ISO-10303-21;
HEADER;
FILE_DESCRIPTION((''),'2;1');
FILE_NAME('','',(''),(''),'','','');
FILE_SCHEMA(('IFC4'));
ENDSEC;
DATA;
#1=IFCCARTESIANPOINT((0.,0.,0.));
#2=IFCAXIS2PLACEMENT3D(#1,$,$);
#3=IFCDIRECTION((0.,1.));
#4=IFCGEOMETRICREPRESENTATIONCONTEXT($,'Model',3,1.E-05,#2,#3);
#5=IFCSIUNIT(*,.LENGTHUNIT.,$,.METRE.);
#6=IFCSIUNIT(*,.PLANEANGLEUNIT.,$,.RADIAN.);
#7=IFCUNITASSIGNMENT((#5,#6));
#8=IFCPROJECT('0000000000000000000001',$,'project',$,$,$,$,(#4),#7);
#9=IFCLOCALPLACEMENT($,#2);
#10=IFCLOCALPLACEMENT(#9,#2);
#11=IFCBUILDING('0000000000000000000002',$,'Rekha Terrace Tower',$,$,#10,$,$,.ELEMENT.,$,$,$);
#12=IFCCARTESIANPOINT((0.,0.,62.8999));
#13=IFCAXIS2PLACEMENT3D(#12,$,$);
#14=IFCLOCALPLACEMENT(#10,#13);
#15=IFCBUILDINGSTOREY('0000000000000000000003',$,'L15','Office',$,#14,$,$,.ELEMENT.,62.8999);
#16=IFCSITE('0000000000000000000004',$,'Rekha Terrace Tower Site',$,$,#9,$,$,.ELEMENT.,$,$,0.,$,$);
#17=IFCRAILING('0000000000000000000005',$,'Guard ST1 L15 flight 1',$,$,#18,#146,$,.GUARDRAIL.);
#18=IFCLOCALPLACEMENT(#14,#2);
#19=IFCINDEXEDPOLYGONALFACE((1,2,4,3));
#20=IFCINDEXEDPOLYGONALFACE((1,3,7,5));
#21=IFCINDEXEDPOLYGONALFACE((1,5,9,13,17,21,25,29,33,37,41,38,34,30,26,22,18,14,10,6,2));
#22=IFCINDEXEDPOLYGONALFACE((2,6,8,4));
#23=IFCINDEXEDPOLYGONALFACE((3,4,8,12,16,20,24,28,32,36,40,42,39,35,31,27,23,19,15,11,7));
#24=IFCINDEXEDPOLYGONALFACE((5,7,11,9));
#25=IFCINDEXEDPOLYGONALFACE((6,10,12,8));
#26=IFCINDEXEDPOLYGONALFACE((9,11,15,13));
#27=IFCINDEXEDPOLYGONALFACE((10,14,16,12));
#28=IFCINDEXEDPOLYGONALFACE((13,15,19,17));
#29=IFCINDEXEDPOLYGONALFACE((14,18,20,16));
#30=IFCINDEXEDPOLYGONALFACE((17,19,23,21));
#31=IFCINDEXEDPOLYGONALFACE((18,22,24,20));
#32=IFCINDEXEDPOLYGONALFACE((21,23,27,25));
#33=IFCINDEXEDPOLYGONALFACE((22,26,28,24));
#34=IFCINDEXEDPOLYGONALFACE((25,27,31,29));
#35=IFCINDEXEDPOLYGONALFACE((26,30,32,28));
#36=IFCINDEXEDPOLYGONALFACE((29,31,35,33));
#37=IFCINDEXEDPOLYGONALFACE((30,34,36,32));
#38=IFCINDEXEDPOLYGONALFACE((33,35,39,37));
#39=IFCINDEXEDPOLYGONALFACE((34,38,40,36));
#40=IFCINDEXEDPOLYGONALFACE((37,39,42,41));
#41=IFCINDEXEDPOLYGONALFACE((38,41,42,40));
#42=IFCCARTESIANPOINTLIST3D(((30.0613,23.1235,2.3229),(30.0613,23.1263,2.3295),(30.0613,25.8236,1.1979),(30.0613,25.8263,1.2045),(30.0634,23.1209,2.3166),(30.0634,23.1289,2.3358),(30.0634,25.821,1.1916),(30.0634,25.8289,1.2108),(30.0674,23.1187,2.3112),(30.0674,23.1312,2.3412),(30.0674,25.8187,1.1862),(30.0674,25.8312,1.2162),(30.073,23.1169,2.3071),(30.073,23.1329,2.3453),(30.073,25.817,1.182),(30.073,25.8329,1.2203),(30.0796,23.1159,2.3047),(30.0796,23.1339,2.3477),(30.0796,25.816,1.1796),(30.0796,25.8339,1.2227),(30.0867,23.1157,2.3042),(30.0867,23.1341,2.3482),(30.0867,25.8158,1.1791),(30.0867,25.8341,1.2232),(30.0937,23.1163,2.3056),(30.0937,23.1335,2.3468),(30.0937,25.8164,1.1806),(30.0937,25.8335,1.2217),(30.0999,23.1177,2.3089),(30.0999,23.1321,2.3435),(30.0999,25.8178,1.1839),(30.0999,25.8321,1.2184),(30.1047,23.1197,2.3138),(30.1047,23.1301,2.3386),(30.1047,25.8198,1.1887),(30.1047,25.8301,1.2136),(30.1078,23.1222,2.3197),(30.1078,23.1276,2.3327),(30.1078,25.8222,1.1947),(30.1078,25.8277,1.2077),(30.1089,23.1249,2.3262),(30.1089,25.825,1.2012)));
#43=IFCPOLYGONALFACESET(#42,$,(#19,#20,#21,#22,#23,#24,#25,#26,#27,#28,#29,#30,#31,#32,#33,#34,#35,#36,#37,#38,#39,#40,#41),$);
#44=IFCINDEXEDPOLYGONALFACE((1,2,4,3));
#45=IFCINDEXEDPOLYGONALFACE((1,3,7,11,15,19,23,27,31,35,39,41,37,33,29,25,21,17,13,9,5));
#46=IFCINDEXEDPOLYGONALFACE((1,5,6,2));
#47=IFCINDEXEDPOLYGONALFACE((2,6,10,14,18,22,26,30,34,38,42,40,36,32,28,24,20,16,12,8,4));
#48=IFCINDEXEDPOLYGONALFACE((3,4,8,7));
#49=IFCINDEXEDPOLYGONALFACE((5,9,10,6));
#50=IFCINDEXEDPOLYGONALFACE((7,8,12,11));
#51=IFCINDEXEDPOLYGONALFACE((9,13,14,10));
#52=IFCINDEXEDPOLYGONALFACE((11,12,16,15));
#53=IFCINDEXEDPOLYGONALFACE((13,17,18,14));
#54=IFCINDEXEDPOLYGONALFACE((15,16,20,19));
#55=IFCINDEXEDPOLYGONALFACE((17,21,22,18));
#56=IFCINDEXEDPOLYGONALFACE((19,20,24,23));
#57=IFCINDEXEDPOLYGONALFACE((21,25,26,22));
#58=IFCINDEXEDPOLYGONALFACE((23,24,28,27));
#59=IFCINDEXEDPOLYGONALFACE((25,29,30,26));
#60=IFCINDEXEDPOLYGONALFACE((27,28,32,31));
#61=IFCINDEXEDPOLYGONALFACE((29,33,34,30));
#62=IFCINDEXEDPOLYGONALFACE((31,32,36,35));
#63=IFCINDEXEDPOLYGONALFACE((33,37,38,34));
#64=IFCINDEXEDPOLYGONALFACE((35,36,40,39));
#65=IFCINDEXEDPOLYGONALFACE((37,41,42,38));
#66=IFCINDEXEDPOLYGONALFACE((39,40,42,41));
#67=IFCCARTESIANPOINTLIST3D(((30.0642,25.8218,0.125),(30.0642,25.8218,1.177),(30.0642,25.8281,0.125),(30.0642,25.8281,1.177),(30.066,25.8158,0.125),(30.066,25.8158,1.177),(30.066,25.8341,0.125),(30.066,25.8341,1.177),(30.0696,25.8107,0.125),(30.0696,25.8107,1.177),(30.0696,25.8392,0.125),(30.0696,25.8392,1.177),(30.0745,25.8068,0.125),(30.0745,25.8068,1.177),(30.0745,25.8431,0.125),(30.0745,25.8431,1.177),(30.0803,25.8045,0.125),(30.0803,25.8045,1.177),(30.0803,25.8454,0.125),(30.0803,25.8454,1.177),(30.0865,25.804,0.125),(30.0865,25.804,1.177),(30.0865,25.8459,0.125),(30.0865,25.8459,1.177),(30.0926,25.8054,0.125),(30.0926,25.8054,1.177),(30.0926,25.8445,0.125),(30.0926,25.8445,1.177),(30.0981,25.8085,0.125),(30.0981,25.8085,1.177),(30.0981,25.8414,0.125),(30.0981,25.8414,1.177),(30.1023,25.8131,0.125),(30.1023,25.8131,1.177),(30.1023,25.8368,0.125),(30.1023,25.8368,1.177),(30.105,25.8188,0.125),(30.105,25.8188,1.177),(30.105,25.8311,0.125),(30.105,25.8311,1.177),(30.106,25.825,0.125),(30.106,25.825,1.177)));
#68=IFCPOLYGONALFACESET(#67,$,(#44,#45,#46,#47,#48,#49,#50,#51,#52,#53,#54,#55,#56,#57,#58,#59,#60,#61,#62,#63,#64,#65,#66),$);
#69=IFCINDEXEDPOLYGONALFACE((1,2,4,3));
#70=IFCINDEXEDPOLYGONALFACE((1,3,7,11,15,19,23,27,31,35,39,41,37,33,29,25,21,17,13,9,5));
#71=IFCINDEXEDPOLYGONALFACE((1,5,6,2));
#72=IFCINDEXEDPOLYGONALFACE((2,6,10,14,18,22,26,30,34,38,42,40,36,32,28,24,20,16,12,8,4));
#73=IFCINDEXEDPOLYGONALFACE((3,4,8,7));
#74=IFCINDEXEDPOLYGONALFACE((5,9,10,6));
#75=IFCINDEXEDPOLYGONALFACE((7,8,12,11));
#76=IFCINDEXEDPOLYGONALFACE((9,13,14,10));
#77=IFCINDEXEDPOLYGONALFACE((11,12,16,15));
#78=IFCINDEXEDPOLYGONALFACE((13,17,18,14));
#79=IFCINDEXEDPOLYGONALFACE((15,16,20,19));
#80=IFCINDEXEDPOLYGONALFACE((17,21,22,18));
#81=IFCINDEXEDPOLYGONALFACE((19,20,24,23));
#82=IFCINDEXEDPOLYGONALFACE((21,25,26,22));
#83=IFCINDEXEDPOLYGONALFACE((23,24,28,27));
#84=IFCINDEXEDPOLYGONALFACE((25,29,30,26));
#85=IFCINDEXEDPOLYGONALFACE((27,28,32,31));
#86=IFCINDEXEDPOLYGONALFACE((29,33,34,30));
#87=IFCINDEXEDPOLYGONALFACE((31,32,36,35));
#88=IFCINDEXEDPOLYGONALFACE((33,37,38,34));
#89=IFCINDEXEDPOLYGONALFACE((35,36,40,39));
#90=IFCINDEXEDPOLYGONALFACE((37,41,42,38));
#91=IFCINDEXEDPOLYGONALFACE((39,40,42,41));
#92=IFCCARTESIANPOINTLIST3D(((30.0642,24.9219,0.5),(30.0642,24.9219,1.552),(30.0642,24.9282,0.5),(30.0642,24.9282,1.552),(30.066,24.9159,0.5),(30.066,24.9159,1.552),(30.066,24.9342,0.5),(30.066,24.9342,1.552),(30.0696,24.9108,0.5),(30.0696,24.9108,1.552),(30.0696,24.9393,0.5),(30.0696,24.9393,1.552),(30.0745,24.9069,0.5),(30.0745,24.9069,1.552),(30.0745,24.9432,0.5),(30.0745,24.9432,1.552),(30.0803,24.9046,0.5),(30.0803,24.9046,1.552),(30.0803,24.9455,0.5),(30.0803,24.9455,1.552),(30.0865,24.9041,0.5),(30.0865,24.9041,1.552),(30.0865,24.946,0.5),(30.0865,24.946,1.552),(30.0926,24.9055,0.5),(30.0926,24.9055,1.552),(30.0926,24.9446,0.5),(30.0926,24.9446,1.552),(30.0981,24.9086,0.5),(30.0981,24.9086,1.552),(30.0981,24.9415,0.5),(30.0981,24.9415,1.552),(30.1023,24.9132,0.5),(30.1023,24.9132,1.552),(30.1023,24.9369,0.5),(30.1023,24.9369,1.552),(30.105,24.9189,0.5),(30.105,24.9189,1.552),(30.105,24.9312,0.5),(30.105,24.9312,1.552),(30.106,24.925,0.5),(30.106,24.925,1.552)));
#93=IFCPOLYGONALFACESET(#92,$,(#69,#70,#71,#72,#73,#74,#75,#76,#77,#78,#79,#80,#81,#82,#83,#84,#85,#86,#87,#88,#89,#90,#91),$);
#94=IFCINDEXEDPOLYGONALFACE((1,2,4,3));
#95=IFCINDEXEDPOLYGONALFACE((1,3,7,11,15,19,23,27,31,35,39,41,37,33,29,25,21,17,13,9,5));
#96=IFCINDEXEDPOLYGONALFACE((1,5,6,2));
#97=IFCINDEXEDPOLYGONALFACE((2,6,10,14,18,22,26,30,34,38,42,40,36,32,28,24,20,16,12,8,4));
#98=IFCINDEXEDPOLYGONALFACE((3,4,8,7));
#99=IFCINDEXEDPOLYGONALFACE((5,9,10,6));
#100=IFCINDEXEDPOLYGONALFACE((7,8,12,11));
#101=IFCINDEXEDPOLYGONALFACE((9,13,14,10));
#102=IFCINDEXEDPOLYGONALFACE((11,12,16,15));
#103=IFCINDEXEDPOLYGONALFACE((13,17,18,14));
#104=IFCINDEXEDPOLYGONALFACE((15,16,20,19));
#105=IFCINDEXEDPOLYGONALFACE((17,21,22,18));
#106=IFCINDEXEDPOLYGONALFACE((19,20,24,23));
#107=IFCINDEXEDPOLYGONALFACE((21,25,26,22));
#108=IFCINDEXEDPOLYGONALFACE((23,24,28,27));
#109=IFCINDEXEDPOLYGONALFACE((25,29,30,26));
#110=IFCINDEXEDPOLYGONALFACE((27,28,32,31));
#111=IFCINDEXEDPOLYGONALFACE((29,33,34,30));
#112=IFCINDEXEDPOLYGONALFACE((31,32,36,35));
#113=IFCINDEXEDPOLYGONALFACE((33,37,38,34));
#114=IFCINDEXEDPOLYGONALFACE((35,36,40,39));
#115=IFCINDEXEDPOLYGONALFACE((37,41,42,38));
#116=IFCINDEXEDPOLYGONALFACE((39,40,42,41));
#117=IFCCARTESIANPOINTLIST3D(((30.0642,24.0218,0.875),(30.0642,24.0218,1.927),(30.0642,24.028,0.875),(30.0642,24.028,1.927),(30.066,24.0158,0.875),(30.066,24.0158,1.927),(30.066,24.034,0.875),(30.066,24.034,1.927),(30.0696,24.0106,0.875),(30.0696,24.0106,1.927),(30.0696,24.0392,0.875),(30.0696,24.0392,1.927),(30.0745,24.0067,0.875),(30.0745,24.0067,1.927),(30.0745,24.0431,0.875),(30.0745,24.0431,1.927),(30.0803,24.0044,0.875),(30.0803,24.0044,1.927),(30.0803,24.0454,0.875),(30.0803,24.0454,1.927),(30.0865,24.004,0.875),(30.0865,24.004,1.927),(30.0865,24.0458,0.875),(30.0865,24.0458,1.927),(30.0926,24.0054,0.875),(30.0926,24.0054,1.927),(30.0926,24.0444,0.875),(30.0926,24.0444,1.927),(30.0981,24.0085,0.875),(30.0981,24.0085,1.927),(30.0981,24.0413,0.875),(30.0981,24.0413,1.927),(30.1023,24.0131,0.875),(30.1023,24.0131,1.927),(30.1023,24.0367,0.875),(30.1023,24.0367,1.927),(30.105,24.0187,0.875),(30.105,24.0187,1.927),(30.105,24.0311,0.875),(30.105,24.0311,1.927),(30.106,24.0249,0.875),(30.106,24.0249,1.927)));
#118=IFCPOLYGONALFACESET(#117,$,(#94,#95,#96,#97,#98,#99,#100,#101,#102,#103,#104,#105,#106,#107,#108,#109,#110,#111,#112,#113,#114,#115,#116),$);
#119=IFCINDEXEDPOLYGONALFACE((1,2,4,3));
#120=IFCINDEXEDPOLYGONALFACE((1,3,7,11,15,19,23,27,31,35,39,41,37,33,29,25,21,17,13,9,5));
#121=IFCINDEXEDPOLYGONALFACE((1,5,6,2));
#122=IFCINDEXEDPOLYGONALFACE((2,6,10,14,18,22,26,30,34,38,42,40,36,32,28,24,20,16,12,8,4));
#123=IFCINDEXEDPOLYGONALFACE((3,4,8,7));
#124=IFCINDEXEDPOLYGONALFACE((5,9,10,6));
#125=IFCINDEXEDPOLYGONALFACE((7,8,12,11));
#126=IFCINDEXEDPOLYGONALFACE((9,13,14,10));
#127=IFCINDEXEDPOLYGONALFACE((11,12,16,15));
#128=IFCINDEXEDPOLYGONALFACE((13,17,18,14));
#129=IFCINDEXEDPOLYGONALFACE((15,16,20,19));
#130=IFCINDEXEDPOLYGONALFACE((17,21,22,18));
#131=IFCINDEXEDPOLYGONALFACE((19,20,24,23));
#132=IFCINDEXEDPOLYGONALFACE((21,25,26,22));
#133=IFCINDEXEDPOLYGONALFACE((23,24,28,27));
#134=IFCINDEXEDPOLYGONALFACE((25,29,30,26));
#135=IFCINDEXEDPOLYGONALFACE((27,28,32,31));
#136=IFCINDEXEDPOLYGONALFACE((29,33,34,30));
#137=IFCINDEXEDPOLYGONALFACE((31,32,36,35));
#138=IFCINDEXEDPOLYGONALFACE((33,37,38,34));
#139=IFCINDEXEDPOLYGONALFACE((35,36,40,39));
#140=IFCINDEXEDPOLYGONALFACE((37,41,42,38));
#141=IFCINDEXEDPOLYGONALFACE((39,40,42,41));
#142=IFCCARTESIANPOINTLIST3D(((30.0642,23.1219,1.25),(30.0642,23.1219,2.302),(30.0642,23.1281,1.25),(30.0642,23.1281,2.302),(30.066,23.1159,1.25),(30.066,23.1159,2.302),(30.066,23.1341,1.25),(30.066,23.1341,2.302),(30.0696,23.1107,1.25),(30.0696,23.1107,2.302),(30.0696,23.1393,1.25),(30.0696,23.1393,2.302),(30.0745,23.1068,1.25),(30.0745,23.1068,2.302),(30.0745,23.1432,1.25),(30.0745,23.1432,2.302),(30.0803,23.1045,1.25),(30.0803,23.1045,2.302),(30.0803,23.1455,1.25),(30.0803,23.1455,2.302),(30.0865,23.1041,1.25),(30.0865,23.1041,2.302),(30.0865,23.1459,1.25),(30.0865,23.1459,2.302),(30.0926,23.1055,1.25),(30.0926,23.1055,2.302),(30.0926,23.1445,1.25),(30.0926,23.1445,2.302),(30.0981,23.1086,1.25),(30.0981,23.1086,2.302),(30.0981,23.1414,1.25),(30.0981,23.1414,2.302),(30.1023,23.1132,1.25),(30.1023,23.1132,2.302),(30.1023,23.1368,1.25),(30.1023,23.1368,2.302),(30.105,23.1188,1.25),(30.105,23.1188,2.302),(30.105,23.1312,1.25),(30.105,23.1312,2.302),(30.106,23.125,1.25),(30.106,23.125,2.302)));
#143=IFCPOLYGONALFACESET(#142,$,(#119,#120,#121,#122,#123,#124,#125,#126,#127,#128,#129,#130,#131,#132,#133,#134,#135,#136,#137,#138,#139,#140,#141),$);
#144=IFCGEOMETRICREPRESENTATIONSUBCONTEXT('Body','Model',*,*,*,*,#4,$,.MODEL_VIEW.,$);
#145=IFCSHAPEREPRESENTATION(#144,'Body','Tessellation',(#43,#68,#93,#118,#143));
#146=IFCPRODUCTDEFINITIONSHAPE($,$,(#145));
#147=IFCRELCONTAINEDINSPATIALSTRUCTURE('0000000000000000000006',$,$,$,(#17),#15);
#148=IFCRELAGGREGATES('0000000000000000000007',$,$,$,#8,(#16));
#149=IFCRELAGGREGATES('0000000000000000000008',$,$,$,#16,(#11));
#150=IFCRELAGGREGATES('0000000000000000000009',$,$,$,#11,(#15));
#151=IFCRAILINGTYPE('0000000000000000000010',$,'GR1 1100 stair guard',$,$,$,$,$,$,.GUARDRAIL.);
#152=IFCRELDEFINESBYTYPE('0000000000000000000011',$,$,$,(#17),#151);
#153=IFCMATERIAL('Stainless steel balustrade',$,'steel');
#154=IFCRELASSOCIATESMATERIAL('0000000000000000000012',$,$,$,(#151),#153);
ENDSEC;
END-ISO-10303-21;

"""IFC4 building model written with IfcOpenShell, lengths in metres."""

from ifc_helpers import new_model, si_unit, direction, frame, origin, origin_2d, place, context, subcontext, project, spatial, circle, extrude, material, type_object, element, save


model = new_model("IFC4")

# Units and contexts
model_context = context("Model", 3, precision=1e-05, world=origin(), true_north=direction((0.0, 1.0)))
body_context = subcontext(model_context, "Body", "Model", "MODEL_VIEW")
ifc_project = project(units=[si_unit("LENGTHUNIT", "METRE"), si_unit("PLANEANGLEUNIT", "RADIAN")], contexts=[model_context])

# Site, building, storey
site_placement = place(None, origin())
site = spatial("IfcSite", under=ifc_project, at=site_placement, Name="Rekha Terrace Tower Site", CompositionType="ELEMENT", RefElevation=0.0)
building_placement = place(site_placement, origin())
building = spatial("IfcBuilding", under=site, at=building_placement, Name="Rekha Terrace Tower", CompositionType="ELEMENT")
storey_placement = place(building_placement, frame((0.0, 0.0, 62.8999)))
storey = spatial("IfcBuildingStorey", under=building, at=storey_placement, Name="L15", Description="Office", CompositionType="ELEMENT", Elevation=62.8999)

# Railing
ifc_material_1 = material(Name="Stainless steel balustrade", Category="steel")
railing_type_1 = type_object("IfcRailingType", Name="GR1 1100 stair guard", PredefinedType="GUARDRAIL", material=ifc_material_1)
railing_1_placement = place(storey_placement, frame((30.085, 25.825, 0.125)))
element("IfcRailing", 1, at=railing_1_placement, inside=storey, type_object=railing_type_1, Name="Guard ST1 L15 flight 1", PredefinedType="GUARDRAIL", context=body_context, shape_type="SweptSolid", body=[
    extrude(circle(Radius=0.0239, at=origin_2d()), frame((0.0, 0.0, 1.0762), z_axis=(0.0, -0.923074, 0.384621), x_axis=(1.0, 0.0, 0.0)), (0.0, 0.0, 1.0), 2.925),
    extrude(circle(Radius=0.021, at=origin_2d()), origin(), (0.0, 0.0, 1.0), 1.052),
    extrude(circle(Radius=0.021, at=origin_2d()), frame((0.0, -0.8999, 0.375)), (0.0, 0.0, 1.0), 1.052),
    extrude(circle(Radius=0.021, at=origin_2d()), frame((0.0, -1.8, 0.75)), (0.0, 0.0, 1.0), 1.052),
    extrude(circle(Radius=0.021, at=origin_2d()), frame((0.0, -2.7, 1.125)), (0.0, 0.0, 1.0), 1.052),
])

save(model, "model.ifc")
